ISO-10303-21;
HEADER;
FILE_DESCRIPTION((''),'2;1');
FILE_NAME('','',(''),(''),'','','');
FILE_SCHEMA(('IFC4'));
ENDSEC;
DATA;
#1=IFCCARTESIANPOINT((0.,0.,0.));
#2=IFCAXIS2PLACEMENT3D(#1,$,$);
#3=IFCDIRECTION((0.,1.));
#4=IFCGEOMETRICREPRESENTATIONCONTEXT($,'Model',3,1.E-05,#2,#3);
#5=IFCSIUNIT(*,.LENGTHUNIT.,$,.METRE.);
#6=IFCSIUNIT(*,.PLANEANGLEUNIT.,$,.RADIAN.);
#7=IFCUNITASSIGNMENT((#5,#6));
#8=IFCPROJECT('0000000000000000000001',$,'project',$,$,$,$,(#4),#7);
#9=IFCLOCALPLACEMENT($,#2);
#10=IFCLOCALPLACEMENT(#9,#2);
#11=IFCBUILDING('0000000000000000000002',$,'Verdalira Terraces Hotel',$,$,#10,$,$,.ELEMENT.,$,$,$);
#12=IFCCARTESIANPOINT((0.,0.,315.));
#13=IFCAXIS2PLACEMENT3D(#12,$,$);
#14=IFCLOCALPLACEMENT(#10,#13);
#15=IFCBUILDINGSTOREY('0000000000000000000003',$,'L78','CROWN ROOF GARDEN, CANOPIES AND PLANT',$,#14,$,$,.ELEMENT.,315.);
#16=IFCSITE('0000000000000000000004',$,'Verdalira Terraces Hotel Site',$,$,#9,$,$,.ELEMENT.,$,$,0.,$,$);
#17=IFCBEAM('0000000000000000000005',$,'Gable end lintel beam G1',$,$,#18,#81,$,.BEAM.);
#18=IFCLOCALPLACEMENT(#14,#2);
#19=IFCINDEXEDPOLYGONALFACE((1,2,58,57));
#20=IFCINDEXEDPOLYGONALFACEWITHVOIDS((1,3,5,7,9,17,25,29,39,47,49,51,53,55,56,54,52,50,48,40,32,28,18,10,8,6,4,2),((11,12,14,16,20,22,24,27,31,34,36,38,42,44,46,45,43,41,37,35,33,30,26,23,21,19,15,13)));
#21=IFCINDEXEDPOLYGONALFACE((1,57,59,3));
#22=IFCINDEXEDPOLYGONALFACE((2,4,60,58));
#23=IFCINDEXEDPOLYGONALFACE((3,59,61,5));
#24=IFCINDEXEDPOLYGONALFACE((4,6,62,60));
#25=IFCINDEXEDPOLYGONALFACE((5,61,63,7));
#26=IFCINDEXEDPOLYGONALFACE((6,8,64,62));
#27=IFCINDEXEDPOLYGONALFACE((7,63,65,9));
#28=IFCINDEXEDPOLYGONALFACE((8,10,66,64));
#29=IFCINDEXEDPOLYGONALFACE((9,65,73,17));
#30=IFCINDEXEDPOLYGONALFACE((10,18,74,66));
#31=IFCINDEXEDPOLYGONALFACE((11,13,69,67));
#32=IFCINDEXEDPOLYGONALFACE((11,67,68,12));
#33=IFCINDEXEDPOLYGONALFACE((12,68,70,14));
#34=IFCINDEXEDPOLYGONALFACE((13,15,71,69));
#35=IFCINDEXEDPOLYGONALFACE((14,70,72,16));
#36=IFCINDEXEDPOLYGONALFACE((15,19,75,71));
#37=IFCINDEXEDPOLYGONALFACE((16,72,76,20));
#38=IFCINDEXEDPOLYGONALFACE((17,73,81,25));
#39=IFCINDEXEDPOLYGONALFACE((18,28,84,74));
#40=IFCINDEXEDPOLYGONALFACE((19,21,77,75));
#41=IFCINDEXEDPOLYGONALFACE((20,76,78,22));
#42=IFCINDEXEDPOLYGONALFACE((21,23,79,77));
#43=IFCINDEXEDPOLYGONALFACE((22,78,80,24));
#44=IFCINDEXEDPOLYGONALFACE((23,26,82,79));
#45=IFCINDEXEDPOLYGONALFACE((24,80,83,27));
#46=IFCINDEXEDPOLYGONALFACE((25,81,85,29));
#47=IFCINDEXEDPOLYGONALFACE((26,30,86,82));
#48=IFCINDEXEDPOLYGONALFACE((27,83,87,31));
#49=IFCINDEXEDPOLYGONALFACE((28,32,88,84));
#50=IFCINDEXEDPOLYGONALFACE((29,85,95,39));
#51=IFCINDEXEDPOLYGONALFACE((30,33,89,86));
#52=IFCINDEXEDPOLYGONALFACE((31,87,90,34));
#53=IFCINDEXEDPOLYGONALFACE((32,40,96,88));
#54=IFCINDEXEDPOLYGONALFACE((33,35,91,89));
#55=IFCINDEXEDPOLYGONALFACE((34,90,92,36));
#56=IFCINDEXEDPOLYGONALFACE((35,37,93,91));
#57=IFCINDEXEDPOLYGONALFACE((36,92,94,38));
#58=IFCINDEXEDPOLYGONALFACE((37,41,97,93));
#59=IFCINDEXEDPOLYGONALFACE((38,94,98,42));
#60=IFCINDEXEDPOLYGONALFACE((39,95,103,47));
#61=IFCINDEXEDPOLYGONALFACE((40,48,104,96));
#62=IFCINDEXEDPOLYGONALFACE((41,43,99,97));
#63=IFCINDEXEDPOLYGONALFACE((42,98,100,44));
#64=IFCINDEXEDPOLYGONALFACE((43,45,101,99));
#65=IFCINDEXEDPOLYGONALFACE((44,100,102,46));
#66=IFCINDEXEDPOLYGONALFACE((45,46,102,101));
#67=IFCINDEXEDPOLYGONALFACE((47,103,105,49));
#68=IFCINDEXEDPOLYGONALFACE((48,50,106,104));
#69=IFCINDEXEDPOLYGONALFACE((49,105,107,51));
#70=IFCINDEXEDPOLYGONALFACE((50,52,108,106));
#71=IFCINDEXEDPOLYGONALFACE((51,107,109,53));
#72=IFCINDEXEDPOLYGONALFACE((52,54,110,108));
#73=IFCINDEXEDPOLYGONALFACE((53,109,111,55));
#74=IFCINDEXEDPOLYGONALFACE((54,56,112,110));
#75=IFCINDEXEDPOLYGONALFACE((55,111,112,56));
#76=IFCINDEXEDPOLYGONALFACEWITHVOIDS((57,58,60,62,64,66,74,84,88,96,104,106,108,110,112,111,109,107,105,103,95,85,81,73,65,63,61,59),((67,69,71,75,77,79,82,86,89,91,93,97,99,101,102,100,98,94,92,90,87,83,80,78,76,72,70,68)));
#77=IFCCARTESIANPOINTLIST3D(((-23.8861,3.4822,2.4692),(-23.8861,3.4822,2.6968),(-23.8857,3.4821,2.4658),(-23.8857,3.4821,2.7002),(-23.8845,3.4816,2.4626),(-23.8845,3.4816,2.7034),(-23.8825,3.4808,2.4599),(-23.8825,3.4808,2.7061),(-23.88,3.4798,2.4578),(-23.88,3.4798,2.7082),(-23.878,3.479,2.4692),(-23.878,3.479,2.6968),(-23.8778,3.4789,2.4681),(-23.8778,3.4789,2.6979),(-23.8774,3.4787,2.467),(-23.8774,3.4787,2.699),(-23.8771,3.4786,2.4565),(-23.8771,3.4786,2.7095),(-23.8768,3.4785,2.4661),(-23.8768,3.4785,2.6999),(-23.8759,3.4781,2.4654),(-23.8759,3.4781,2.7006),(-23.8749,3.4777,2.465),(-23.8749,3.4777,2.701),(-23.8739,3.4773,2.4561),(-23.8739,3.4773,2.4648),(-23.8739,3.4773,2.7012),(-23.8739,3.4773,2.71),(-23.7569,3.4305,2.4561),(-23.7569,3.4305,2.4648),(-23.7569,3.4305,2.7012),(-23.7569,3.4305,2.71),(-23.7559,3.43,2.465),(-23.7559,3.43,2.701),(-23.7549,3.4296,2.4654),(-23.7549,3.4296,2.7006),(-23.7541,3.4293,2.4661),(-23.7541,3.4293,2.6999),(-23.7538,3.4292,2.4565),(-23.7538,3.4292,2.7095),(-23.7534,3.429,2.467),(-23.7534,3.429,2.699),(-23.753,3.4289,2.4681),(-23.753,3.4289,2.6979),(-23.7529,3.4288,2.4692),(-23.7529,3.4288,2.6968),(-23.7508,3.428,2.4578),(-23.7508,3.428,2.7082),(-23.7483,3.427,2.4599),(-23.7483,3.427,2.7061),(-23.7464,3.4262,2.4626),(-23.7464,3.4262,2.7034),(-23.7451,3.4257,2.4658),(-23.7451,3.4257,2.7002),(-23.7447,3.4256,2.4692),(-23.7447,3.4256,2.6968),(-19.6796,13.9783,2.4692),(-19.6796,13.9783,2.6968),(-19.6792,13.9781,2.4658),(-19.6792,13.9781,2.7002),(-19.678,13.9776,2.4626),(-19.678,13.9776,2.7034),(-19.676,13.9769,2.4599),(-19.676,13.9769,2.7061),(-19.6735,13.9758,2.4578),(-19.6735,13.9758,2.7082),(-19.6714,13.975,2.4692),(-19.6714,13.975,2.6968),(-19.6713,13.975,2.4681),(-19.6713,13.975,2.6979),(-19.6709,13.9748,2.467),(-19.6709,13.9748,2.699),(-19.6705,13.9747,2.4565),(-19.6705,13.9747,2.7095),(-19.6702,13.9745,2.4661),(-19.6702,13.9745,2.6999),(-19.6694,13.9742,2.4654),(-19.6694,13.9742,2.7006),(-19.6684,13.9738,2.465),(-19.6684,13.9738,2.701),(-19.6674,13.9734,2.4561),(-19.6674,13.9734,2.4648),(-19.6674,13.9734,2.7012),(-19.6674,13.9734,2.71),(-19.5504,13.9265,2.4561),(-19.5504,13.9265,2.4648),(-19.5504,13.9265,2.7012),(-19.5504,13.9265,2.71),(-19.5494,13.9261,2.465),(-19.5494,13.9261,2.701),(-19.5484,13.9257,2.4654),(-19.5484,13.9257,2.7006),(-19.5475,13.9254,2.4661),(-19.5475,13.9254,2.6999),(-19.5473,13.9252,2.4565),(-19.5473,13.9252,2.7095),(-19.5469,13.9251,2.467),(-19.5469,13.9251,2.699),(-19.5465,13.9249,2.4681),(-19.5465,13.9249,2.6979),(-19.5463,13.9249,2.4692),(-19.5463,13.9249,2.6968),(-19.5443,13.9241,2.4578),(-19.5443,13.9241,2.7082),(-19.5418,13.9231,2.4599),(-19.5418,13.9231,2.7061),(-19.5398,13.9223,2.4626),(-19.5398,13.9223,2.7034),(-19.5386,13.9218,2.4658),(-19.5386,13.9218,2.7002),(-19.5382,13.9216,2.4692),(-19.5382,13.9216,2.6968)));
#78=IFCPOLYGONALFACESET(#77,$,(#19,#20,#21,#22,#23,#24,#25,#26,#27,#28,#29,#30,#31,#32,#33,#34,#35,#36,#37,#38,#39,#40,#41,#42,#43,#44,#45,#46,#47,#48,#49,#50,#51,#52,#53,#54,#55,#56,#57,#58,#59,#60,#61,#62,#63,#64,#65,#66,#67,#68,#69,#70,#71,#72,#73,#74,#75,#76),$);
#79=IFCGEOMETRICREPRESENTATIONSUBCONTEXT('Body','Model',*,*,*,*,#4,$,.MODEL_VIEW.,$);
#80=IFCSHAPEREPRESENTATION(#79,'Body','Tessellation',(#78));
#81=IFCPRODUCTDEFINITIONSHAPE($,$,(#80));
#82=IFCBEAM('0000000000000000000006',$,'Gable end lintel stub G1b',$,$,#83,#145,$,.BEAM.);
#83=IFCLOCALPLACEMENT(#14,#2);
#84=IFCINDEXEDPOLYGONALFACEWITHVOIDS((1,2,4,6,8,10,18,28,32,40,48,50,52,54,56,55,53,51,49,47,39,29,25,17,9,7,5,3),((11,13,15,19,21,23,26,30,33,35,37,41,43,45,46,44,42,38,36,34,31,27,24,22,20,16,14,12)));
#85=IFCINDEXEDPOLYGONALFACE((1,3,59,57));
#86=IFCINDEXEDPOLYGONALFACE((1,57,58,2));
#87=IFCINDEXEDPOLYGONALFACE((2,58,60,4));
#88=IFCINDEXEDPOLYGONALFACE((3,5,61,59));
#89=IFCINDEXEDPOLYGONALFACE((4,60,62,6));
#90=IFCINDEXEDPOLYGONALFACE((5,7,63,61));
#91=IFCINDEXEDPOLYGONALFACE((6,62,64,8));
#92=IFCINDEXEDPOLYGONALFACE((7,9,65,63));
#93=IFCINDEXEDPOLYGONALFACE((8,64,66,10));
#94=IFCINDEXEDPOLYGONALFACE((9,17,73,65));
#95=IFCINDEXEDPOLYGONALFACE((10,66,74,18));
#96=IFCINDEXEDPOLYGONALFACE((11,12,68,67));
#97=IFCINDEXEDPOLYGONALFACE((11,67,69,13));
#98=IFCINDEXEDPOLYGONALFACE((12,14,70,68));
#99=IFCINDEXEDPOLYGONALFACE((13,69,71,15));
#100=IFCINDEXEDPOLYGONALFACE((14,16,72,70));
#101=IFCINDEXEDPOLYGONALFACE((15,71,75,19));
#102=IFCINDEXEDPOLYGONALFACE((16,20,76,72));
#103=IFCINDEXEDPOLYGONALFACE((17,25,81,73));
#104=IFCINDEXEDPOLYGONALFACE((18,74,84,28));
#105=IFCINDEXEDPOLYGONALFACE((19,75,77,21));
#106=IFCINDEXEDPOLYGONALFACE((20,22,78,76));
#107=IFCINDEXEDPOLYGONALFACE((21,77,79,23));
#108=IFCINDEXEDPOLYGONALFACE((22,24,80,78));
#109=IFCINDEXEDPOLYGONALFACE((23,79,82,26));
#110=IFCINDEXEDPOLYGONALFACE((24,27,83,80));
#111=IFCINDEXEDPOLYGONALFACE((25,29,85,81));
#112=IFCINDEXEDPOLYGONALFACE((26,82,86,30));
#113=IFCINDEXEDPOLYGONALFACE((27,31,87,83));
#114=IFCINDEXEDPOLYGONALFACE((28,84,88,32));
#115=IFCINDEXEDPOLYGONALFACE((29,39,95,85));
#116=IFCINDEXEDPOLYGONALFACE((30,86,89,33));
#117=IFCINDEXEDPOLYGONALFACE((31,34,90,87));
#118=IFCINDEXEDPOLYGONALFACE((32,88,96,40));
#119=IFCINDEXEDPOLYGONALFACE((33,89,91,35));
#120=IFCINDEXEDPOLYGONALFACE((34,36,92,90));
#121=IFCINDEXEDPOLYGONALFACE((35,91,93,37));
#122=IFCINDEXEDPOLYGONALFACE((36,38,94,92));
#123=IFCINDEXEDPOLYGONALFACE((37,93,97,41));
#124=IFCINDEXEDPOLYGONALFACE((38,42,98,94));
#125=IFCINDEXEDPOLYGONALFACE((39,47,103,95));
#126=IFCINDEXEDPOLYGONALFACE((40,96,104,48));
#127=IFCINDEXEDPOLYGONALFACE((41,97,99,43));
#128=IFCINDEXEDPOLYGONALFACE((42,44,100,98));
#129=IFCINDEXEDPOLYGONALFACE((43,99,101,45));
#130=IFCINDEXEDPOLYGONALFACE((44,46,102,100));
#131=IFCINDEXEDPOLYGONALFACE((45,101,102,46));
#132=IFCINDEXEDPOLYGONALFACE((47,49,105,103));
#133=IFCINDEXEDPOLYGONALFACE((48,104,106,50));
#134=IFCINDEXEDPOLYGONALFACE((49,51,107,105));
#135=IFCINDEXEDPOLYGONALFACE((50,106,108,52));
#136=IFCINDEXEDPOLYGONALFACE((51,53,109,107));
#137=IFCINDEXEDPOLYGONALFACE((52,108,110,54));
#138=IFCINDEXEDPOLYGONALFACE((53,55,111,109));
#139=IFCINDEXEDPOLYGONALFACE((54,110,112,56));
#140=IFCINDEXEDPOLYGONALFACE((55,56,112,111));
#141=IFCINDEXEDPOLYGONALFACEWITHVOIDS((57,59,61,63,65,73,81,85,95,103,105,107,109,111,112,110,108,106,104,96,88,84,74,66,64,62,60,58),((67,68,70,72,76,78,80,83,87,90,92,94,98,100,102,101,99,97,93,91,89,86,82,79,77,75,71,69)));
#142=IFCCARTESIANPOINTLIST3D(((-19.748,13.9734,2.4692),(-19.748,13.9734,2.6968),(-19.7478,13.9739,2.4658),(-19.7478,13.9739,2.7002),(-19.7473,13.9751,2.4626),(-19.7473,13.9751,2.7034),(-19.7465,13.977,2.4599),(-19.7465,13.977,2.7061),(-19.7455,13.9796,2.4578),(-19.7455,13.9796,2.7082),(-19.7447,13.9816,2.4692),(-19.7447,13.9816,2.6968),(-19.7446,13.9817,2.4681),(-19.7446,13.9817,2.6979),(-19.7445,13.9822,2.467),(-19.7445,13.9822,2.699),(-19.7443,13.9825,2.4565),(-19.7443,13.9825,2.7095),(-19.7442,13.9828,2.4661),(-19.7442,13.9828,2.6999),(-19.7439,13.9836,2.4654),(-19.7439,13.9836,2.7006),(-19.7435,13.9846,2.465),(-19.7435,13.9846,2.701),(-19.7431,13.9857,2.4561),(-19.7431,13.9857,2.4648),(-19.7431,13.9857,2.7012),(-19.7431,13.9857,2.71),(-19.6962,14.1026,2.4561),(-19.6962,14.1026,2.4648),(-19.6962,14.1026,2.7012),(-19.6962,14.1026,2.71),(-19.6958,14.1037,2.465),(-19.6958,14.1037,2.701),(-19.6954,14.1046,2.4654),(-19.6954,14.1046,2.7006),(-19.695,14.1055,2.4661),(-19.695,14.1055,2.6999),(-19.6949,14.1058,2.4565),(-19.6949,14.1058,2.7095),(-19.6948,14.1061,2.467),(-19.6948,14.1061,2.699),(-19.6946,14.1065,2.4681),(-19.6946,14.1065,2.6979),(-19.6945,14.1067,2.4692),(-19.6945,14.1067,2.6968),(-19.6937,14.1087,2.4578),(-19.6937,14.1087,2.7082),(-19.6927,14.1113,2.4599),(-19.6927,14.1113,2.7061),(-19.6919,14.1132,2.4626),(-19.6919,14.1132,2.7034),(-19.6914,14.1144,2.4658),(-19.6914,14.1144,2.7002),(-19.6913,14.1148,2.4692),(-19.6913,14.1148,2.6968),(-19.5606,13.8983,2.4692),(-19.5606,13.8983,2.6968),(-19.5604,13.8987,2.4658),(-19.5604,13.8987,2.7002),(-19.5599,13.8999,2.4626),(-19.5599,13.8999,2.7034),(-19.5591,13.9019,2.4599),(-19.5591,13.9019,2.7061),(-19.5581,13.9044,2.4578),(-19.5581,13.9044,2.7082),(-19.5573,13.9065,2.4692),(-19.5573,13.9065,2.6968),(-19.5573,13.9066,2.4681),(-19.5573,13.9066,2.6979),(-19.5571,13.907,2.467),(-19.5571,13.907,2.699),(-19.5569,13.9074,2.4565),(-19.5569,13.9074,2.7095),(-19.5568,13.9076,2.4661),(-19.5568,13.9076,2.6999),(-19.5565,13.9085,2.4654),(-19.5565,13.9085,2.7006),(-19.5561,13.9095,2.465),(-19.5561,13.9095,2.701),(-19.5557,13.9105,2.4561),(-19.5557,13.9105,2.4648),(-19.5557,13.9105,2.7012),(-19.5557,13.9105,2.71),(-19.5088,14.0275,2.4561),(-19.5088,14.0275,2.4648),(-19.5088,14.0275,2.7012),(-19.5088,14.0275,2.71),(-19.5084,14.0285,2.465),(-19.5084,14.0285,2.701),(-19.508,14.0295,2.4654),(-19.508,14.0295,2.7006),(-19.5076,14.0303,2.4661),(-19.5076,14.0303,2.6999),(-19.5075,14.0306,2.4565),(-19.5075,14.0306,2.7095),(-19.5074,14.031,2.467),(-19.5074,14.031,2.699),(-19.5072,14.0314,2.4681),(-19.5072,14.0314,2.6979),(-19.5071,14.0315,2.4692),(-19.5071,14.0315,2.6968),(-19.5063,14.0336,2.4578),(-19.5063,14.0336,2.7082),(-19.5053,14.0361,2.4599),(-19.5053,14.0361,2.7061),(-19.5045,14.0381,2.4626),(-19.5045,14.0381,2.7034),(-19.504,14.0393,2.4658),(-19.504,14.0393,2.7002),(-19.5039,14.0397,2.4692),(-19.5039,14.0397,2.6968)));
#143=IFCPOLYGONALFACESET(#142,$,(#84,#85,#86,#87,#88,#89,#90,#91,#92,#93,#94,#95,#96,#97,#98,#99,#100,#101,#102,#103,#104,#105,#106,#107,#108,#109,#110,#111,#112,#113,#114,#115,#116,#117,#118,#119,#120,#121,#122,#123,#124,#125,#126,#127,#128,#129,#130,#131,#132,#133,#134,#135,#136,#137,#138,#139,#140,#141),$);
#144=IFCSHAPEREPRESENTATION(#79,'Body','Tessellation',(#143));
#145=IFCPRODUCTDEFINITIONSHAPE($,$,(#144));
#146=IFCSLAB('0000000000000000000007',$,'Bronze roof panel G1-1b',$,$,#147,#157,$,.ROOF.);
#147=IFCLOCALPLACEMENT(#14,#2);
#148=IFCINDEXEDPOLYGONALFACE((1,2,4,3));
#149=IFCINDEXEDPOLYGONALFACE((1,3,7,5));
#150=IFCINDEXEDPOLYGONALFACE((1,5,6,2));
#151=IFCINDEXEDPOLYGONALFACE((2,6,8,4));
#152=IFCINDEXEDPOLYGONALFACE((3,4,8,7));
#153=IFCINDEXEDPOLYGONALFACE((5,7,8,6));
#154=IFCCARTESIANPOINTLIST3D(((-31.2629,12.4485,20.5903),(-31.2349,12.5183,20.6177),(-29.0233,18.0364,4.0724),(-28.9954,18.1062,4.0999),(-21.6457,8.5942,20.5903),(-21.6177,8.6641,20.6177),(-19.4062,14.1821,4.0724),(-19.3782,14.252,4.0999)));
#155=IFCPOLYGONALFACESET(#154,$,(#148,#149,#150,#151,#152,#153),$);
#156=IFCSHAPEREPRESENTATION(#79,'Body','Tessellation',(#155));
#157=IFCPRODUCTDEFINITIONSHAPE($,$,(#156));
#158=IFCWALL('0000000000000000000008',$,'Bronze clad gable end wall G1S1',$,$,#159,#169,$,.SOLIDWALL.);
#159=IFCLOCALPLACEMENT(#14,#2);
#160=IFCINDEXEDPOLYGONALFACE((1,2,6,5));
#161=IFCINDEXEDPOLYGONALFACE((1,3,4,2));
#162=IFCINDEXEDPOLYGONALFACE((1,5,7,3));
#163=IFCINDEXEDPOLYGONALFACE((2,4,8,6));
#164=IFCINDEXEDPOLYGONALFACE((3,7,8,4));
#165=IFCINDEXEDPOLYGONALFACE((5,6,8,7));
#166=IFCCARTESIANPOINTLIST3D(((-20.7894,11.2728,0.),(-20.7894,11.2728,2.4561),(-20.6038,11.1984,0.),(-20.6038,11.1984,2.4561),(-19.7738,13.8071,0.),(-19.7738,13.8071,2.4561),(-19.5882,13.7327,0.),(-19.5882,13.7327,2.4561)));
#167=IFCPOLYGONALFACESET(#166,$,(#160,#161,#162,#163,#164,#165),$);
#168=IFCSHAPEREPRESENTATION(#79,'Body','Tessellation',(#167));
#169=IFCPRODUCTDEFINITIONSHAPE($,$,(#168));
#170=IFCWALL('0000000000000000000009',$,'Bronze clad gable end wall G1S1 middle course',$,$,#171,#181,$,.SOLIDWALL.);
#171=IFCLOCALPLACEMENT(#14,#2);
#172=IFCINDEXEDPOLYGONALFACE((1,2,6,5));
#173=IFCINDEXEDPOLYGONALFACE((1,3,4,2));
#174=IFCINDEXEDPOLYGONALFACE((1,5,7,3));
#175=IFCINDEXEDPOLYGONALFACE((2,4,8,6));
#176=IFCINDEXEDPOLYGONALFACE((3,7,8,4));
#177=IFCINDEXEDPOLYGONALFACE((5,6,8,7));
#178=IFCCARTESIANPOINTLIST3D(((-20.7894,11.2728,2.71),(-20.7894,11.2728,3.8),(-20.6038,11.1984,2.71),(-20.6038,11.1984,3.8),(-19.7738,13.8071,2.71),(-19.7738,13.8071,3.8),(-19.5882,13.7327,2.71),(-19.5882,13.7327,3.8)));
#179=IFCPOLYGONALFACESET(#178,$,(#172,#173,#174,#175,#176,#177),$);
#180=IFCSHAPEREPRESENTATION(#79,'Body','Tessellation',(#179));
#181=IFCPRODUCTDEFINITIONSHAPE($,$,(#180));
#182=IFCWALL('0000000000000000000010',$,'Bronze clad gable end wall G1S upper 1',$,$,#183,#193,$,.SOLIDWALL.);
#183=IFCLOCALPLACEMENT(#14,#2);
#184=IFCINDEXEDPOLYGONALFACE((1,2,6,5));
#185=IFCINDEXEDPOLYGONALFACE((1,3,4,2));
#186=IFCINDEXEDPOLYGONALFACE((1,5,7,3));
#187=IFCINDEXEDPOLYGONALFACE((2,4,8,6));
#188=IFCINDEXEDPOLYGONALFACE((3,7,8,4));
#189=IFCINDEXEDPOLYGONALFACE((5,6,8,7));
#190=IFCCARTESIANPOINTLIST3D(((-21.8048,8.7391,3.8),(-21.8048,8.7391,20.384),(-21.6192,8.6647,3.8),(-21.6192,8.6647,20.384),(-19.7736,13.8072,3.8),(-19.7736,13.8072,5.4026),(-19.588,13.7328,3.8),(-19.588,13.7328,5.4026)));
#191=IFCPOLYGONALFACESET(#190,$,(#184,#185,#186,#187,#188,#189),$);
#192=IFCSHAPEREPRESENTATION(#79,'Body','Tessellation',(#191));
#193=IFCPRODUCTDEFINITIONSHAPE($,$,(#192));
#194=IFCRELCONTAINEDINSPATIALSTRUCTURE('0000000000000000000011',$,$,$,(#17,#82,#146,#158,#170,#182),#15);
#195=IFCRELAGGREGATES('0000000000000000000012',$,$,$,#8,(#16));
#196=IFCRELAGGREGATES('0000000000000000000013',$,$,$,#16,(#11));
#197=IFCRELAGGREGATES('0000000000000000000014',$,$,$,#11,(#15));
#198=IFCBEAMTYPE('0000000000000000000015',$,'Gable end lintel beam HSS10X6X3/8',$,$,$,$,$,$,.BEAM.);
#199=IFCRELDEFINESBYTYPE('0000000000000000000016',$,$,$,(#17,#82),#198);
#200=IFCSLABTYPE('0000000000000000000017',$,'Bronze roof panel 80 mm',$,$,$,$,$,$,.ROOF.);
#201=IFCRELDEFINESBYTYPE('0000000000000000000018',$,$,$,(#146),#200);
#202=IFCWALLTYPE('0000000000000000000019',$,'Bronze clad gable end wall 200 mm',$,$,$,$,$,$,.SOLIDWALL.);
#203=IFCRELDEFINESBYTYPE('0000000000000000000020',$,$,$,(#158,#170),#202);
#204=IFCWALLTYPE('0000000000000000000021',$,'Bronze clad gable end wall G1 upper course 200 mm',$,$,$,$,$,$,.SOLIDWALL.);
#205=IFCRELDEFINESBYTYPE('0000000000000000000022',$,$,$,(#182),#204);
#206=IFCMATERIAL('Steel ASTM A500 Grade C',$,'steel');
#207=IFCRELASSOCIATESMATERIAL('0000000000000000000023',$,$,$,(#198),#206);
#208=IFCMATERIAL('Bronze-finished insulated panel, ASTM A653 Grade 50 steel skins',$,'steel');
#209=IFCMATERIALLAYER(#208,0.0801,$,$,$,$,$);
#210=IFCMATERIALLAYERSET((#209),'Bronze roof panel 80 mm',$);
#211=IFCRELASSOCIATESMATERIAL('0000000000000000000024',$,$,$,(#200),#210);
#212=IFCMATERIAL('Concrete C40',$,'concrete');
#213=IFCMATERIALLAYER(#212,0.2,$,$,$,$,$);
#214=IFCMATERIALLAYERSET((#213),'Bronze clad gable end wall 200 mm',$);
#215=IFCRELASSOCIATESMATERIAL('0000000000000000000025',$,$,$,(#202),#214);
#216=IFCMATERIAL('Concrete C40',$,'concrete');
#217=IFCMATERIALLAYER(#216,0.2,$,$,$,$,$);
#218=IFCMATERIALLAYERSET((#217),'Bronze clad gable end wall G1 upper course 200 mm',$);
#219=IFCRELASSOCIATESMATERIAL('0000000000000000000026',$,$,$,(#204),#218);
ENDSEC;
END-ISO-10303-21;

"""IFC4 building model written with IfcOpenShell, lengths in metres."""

from ifc_helpers import new_model, si_unit, direction, frame, frame_2d, origin, origin_2d, place, context, subcontext, project, spatial, polyline, rectangle, hollow_rectangle, outline, extrude, material, layer, layer_set, material_profile, profile_set, type_object, element, save


model = new_model("IFC4")

# Units and contexts
model_context = context("Model", 3, precision=1e-05, world=origin(), true_north=direction((0.0, 1.0)))
body_context = subcontext(model_context, "Body", "Model", "MODEL_VIEW")
ifc_project = project(units=[si_unit("LENGTHUNIT", "METRE"), si_unit("PLANEANGLEUNIT", "RADIAN")], contexts=[model_context])

# Site, building, storey
site_placement = place(None, origin())
site = spatial("IfcSite", under=ifc_project, at=site_placement, Name="Verdalira Terraces Hotel Site", CompositionType="ELEMENT", RefElevation=0.0)
building_placement = place(site_placement, origin())
building = spatial("IfcBuilding", under=site, at=building_placement, Name="Verdalira Terraces Hotel", CompositionType="ELEMENT")
storey_placement = place(building_placement, frame((0.0, 0.0, 315.0)))
storey = spatial("IfcBuildingStorey", under=building, at=storey_placement, Name="L78", Description="CROWN ROOF GARDEN, CANOPIES AND PLANT", CompositionType="ELEMENT", Elevation=315.0)

# Beams
ifc_material_1 = material(Name="Steel ASTM A500 Grade C", Category="steel")
ifc_material_profile = material_profile(ifc_material_1, hollow_rectangle(XDim=0.1523, YDim=0.2539, WallThickness=0.0088, InnerFilletRadius=0.0044, OuterFilletRadius=0.0132, at=origin_2d()), Name="HSS10X6X3/8")
ifc_profile_set = profile_set([ifc_material_profile], Name="Steel ASTM A500 Grade C")
beam_type = type_object("IfcBeamType", Name="Gable end lintel beam HSS10X6X3/8", PredefinedType="BEAM", material=ifc_profile_set)
beam_1_placement = place(storey_placement, frame((-19.6089, 13.95, 2.583), z_axis=(-0.372009, -0.928229, 0.0), x_axis=(0.928229, -0.372009, 0.0)))
element("IfcBeam", 1, at=beam_1_placement, inside=storey, type_object=beam_type, Name="Gable end lintel beam G1", PredefinedType="BEAM", context=body_context, shape_type="SweptSolid", body=[
    extrude(hollow_rectangle(XDim=0.1523, YDim=0.2539, WallThickness=0.0088, InnerFilletRadius=0.0044, OuterFilletRadius=0.0132, at=origin_2d()), origin(), (0.0, 0.0, 1.0), 11.3076),
])
beam_2_placement = place(storey_placement, frame((-19.5322, 13.969, 2.583), z_axis=(-0.928143, 0.372224, 0.0), x_axis=(-0.372224, -0.928143, 0.0)))
element("IfcBeam", 2, at=beam_2_placement, inside=storey, type_object=beam_type, Name="Gable end lintel stub G1b", PredefinedType="BEAM", context=body_context, shape_type="SweptSolid", body=[
    extrude(hollow_rectangle(XDim=0.1523, YDim=0.2539, WallThickness=0.0088, InnerFilletRadius=0.0044, OuterFilletRadius=0.0132, at=origin_2d()), origin(), (0.0, 0.0, 1.0), 0.2019),
])

# Slab
ifc_material_2 = material(Name="Bronze-finished insulated panel, ASTM A653 Grade 50 steel skins", Category="steel")
ifc_layer_1 = layer(ifc_material_2, 0.0801)
ifc_layer_set_1 = layer_set([ifc_layer_1], Name="Bronze roof panel 80 mm")
slab_type = type_object("IfcSlabType", Name="Bronze roof panel 80 mm", PredefinedType="ROOF", material=ifc_layer_set_1)
slab_placement = place(storey_placement, frame((-19.3782, 14.252, 4.0999), z_axis=(0.349515, 0.872117, 0.34242), x_axis=(-0.928231, 0.372004, 0.0)))
element("IfcSlab", 3, at=slab_placement, inside=storey, type_object=slab_type, Name="Bronze roof panel G1-1b", PredefinedType="ROOF", context=body_context, shape_type="SweptSolid", body=[
    extrude(outline(polyline([(0.0, 0.0), (10.3608, 0.0), (10.3608, 17.5806), (0.0001, 17.5806), (0.0, 0.0)])), origin(), (0.0, 0.0, -1.0), 0.0801),
])

# Walls
ifc_material_3 = material(Name="Concrete C40", Category="concrete")
ifc_layer_2 = layer(ifc_material_3, 0.2)
ifc_layer_set_2 = layer_set([ifc_layer_2], Name="Bronze clad gable end wall 200 mm")
wall_type_1 = type_object("IfcWallType", Name="Bronze clad gable end wall 200 mm", PredefinedType="SOLIDWALL", material=ifc_layer_set_2)
wall_1_placement = place(storey_placement, frame((-19.6809, 13.77, 0.0), z_axis=(0.0, 0.0, 1.0), x_axis=(-0.372007, -0.92823, 0.0)))
element("IfcWall", 4, at=wall_1_placement, inside=storey, type_object=wall_type_1, Name="Bronze clad gable end wall G1S1", PredefinedType="SOLIDWALL", context=body_context, shape_type="SweptSolid", body=[
    extrude(rectangle(XDim=2.7302, YDim=0.2, at=frame_2d((1.3652, 0.0))), origin(), (0.0, 0.0, 1.0), 2.4561),
])
wall_2_placement = place(storey_placement, frame((-19.6809, 13.77, 2.71), z_axis=(0.0, 0.0, 1.0), x_axis=(-0.372007, -0.92823, 0.0)))
element("IfcWall", 5, at=wall_2_placement, inside=storey, type_object=wall_type_1, Name="Bronze clad gable end wall G1S1 middle course", PredefinedType="SOLIDWALL", context=body_context, shape_type="SweptSolid", body=[
    extrude(rectangle(XDim=2.7302, YDim=0.2, at=frame_2d((1.3652, 0.0))), origin(), (0.0, 0.0, 1.0), 1.0901),
])
ifc_material_4 = material(Name="Concrete C40", Category="concrete")
ifc_layer_3 = layer(ifc_material_4, 0.2)
ifc_layer_set_3 = layer_set([ifc_layer_3], Name="Bronze clad gable end wall G1 upper course 200 mm")
wall_type_2 = type_object("IfcWallType", Name="Bronze clad gable end wall G1 upper course 200 mm", PredefinedType="SOLIDWALL", material=ifc_layer_set_3)
wall_3_placement = place(storey_placement, frame((-19.6809, 13.77, 3.8), z_axis=(0.0, 0.0, 1.0), x_axis=(-0.372023, -0.928224, 0.0)))
element("IfcWall", 6, at=wall_3_placement, inside=storey, type_object=wall_type_2, Name="Bronze clad gable end wall G1S upper 1", PredefinedType="SOLIDWALL", context=body_context, shape_type="SweptSolid", body=[
    extrude(outline(polyline([(0.0, 0.0), (5.46, 0.0), (5.46, 16.584), (0.0, 1.6025), (0.0, 0.0)])), frame((0.0, 0.1001, 0.0), z_axis=(0.0, -1.0, 0.0), x_axis=(1.0, 0.0, 0.0)), (0.0, 0.0, 1.0), 0.2),
])

save(model, "model.ifc")
